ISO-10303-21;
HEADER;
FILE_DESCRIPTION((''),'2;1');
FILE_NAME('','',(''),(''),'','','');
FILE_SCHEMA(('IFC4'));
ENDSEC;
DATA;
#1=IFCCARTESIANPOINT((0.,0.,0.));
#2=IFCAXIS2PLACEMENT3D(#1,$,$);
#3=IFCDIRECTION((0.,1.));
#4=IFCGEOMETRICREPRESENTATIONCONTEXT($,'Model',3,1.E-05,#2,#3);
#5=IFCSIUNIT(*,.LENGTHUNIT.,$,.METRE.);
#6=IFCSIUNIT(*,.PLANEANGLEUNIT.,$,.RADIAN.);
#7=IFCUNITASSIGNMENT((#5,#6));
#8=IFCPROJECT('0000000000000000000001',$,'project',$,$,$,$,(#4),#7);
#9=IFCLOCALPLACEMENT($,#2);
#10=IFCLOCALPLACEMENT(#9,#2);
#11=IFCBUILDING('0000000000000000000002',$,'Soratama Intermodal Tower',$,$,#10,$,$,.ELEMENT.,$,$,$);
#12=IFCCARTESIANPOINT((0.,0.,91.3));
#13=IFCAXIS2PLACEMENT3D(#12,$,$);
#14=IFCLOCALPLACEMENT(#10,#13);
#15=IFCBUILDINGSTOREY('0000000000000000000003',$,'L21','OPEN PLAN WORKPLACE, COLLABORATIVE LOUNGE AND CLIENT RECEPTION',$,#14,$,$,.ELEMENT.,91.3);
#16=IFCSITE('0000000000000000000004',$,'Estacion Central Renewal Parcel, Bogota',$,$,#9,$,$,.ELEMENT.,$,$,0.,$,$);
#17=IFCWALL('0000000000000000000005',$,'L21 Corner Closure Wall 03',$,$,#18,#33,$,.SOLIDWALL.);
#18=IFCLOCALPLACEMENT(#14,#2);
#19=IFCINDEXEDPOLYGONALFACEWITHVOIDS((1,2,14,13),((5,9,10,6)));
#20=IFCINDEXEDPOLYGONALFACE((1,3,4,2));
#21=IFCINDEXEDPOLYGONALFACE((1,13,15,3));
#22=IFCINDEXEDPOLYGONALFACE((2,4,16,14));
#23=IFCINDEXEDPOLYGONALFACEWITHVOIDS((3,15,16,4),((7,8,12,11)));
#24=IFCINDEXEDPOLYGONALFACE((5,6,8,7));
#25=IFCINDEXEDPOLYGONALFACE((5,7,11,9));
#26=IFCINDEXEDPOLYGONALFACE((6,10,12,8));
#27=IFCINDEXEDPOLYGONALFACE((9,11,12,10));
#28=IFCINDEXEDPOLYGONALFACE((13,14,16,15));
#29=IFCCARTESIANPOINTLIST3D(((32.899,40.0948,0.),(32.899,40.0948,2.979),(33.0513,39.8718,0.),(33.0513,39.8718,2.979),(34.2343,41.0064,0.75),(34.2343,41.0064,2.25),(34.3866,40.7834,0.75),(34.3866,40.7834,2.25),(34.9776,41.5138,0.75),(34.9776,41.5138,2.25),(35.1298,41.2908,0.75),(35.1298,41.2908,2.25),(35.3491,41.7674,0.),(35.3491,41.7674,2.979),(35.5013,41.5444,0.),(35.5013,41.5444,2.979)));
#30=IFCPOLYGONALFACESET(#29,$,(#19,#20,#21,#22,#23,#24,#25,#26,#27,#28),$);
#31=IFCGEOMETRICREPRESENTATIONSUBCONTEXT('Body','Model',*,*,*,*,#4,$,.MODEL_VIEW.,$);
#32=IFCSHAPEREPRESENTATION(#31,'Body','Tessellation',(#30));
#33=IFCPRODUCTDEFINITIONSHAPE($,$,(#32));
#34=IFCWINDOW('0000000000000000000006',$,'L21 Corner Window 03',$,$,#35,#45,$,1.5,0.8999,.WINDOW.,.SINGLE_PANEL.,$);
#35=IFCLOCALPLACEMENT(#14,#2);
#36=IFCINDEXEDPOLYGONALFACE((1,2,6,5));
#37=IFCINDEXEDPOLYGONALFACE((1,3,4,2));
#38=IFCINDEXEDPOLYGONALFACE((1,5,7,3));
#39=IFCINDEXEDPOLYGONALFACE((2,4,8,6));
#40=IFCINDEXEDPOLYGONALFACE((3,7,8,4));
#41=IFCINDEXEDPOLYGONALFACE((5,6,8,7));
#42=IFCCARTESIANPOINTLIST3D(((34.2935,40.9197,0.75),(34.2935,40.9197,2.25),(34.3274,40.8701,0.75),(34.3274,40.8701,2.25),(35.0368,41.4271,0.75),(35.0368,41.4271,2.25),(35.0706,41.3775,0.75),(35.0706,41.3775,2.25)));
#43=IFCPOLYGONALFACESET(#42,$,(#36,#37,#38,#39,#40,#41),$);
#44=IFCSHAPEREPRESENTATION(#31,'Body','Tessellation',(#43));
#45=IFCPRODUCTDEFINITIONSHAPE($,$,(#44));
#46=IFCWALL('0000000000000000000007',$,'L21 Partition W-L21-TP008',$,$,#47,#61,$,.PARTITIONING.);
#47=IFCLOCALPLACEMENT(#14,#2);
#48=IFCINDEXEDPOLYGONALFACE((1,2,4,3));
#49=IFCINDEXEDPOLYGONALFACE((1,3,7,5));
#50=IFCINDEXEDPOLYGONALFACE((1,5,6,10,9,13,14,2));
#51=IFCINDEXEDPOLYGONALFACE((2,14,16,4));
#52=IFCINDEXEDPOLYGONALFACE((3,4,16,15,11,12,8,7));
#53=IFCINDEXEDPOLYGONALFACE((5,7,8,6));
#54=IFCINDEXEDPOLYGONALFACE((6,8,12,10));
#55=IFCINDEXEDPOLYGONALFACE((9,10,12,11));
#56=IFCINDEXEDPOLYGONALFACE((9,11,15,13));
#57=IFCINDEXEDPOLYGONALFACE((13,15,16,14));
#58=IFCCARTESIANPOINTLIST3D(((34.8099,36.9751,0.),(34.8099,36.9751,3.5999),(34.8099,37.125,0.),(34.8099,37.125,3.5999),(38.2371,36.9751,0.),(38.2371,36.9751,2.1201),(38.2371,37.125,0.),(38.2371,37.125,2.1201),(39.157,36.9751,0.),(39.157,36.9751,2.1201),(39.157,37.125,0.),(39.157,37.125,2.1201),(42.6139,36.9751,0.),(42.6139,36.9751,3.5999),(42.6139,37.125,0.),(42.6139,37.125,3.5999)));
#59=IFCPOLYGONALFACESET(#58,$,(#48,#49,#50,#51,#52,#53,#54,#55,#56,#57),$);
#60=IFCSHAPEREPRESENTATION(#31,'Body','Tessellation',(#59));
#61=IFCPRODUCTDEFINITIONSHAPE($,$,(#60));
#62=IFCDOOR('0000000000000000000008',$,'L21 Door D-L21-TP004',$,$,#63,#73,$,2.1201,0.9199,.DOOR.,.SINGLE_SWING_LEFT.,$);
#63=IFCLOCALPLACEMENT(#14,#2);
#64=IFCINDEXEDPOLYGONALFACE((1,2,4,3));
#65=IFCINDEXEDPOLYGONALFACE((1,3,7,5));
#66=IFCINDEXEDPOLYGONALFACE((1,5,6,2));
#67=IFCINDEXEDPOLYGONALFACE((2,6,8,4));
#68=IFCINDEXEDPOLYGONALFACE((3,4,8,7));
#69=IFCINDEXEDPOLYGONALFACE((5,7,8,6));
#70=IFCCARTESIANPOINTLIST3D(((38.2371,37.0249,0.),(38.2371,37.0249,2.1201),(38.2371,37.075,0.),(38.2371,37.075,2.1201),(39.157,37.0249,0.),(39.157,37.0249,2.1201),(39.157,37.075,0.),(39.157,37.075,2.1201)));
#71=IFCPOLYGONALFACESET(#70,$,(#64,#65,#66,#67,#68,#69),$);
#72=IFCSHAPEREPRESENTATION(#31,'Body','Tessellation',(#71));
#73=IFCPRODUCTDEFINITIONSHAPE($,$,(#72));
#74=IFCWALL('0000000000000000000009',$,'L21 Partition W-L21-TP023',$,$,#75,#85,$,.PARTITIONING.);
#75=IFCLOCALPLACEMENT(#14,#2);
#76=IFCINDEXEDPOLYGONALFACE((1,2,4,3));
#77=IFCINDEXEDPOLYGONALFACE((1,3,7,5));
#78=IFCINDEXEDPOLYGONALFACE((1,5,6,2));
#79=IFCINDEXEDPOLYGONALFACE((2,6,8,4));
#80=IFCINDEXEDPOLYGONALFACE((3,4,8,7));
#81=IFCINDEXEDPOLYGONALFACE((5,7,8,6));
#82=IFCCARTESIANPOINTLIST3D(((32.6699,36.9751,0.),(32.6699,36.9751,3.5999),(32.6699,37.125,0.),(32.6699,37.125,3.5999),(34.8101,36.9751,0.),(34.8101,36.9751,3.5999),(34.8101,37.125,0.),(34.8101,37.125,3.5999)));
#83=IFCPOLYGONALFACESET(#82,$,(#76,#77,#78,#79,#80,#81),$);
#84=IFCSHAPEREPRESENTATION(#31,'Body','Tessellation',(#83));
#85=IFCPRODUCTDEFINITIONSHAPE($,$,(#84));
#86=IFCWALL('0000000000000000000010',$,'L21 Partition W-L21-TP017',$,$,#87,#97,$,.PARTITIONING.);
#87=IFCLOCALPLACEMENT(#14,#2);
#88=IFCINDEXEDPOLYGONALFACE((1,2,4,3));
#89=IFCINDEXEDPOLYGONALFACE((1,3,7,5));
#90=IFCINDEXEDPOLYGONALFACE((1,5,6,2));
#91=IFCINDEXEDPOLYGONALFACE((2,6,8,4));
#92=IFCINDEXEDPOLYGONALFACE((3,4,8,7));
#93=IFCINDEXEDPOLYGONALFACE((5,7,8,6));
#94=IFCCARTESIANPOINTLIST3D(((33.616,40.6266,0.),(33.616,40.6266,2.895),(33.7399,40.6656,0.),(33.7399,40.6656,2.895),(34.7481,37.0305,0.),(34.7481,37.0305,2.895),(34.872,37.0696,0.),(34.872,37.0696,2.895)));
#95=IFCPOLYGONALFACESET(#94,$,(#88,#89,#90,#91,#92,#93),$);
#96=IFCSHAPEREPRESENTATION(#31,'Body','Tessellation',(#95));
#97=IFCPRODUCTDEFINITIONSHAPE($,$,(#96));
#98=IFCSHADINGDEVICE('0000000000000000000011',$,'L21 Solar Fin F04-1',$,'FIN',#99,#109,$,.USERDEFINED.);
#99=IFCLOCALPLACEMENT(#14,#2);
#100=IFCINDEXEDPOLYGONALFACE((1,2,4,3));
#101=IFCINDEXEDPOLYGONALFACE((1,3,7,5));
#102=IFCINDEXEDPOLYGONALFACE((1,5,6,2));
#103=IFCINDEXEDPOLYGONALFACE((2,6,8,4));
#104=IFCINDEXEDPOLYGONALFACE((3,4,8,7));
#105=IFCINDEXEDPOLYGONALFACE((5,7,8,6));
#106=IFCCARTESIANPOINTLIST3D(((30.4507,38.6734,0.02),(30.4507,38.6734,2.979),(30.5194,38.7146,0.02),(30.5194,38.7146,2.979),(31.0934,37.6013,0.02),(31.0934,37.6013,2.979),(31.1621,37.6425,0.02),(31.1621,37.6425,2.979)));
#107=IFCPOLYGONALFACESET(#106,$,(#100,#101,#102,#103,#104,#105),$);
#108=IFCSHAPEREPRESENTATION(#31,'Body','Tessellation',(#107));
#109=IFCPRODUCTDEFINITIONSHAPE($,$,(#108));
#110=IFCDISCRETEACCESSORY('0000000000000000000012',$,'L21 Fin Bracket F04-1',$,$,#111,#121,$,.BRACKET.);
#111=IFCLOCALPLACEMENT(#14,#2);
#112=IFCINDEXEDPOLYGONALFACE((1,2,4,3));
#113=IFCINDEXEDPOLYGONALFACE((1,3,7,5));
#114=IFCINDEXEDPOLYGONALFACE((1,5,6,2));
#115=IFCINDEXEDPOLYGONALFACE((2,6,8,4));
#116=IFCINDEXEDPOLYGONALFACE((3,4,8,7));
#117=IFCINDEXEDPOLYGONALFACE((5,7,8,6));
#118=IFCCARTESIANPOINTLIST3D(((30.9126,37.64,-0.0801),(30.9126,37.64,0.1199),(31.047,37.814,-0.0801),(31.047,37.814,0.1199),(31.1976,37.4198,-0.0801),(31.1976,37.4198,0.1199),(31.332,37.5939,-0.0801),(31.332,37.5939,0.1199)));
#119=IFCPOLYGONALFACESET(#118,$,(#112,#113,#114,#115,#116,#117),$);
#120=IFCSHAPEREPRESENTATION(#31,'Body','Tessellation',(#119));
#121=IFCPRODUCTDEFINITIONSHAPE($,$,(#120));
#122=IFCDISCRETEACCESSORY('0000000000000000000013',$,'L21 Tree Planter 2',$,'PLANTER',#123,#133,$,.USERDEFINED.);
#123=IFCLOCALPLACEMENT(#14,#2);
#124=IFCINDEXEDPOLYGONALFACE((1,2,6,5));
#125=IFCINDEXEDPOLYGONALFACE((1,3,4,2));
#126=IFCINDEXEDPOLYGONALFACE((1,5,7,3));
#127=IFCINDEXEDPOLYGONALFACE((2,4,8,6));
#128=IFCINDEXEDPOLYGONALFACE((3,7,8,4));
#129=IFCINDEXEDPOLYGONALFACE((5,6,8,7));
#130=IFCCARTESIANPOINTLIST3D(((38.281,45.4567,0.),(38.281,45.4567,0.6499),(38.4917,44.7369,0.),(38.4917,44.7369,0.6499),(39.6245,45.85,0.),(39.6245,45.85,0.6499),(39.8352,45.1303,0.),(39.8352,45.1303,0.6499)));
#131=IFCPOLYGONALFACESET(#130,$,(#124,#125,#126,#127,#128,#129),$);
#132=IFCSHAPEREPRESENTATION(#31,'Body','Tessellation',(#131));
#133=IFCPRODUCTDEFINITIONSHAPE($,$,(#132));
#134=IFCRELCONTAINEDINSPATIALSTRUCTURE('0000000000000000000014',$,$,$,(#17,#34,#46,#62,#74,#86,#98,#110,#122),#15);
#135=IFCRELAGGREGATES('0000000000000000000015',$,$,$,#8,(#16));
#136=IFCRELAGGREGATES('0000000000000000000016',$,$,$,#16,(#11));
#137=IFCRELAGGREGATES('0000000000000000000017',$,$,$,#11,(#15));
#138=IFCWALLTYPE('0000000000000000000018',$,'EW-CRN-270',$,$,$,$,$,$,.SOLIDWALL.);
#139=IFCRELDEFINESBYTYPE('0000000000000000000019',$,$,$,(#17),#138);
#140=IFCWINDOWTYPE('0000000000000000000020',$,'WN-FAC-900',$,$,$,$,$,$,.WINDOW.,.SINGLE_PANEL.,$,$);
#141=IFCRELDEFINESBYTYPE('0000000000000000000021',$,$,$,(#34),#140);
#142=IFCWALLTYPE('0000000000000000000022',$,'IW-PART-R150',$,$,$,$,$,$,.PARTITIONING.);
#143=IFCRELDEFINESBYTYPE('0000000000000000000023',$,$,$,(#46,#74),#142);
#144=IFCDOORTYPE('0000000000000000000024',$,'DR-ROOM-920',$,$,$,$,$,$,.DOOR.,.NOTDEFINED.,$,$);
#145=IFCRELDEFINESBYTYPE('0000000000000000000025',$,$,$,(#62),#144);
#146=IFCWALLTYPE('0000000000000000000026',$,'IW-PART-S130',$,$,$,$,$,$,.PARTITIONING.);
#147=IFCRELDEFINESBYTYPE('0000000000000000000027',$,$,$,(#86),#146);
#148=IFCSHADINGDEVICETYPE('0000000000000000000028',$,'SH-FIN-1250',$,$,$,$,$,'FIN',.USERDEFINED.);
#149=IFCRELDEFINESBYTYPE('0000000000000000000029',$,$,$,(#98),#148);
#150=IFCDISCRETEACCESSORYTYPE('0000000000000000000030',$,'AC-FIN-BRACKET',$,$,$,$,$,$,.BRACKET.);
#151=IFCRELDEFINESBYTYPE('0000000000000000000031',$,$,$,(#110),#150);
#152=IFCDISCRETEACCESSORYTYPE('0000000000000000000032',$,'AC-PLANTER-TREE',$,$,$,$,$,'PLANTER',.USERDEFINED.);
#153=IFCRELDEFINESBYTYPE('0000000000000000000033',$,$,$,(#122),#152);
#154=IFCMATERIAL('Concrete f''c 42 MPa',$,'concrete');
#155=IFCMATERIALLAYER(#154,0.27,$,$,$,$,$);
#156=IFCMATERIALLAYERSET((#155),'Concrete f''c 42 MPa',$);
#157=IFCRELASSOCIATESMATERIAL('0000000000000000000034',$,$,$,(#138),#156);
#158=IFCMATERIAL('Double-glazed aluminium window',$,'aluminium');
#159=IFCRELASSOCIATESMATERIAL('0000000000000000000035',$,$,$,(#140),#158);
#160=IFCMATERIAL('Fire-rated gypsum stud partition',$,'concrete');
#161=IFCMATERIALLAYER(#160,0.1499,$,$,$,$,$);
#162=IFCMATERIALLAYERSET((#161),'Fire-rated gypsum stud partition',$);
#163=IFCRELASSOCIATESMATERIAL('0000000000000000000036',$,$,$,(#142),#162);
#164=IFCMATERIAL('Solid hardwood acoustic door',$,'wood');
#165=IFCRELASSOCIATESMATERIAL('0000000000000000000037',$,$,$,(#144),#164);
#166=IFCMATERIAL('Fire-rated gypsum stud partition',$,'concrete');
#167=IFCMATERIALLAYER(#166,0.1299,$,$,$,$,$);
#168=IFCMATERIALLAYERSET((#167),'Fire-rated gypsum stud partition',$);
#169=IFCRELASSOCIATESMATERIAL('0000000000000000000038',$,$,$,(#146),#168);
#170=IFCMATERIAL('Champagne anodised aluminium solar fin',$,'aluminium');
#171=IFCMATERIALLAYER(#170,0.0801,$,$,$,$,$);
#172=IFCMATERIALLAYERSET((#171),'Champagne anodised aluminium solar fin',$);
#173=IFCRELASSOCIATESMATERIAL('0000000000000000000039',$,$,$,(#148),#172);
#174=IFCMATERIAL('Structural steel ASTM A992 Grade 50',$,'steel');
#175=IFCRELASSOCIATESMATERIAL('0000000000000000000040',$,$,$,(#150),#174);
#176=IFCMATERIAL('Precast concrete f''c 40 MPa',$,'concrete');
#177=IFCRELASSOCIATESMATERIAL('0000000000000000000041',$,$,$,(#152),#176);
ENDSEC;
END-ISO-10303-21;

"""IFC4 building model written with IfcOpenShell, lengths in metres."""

from ifc_helpers import new_model, si_unit, direction, frame, frame_2d, origin, origin_2d, place, context, subcontext, project, spatial, rectangle, extrude, material, layer, layer_set, type_object, element, fill, save


model = new_model("IFC4")

# Units and contexts
model_context = context("Model", 3, precision=1e-05, world=origin(), true_north=direction((0.0, 1.0)))
body_context = subcontext(model_context, "Body", "Model", "MODEL_VIEW")
ifc_project = project(units=[si_unit("LENGTHUNIT", "METRE"), si_unit("PLANEANGLEUNIT", "RADIAN")], contexts=[model_context])

# Site, building, storey
site_placement = place(None, origin())
site = spatial("IfcSite", under=ifc_project, at=site_placement, Name="Estacion Central Renewal Parcel, Bogota", CompositionType="ELEMENT", RefElevation=0.0)
building_placement = place(site_placement, origin())
building = spatial("IfcBuilding", under=site, at=building_placement, Name="Soratama Intermodal Tower", CompositionType="ELEMENT")
storey_placement = place(building_placement, frame((0.0, 0.0, 91.3)))
storey = spatial("IfcBuildingStorey", under=building, at=storey_placement, Name="L21", Description="OPEN PLAN WORKPLACE, COLLABORATIVE LOUNGE AND CLIENT RECEPTION", CompositionType="ELEMENT", Elevation=91.3)

# Wall, opening, window
ifc_material_1 = material(Name="Concrete f'c 42 MPa", Category="concrete")
ifc_layer_1 = layer(ifc_material_1, 0.27)
ifc_layer_set_1 = layer_set([ifc_layer_1], Name="Concrete f'c 42 MPa")
wall_type_1 = type_object("IfcWallType", Name="EW-CRN-270", PredefinedType="SOLIDWALL", material=ifc_layer_set_1)
wall_1_placement = place(storey_placement, frame((35.4253, 41.656, 0.0), z_axis=(0.0, 0.0, 1.0), x_axis=(-0.825884, -0.56384, 0.0)))
wall_1 = element("IfcWall", 1, at=wall_1_placement, inside=storey, type_object=wall_type_1, Name="L21 Corner Closure Wall 03", PredefinedType="SOLIDWALL", context=body_context, shape_type="SweptSolid", body=[
    extrude(rectangle(XDim=2.9666, YDim=0.27, at=frame_2d((1.4834, 0.0))), origin(), (0.0, 0.0, 1.0), 2.979),
])
opening_1_placement = place(wall_1_placement, frame((0.45, 0.0, 0.75)))
opening_1 = element("IfcOpeningElement", 2, at=opening_1_placement, cuts=wall_1, PredefinedType="OPENING", context=body_context, shape_type="SweptSolid", body=[
    extrude(rectangle(XDim=0.8999, YDim=1.5, at=frame_2d((0.45, 0.75))), frame((0.0, 0.145, 0.0), z_axis=(0.0, -1.0, 0.0), x_axis=(1.0, 0.0, 0.0)), (0.0, 0.0, 1.0), 0.29),
])
ifc_material_2 = material(Name="Double-glazed aluminium window", Category="aluminium")
window_type = type_object("IfcWindowType", Name="WN-FAC-900", PartitioningType="SINGLE_PANEL", PredefinedType="WINDOW", material=ifc_material_2)
window_placement = place(opening_1_placement, origin())
window = element("IfcWindow", 3, at=window_placement, inside=storey, type_object=window_type, Name="L21 Corner Window 03", OverallHeight=1.5, OverallWidth=0.8999, PartitioningType="SINGLE_PANEL", PredefinedType="WINDOW", context=body_context, shape_type="SweptSolid", body=[
    extrude(rectangle(XDim=0.8999, YDim=1.5, at=frame_2d((0.45, 0.75))), frame((0.0, 0.03, 0.0), z_axis=(0.0, -1.0, 0.0), x_axis=(1.0, 0.0, 0.0)), (0.0, 0.0, 1.0), 0.0601),
])
fill(opening_1, window)

# Wall, opening, door
ifc_material_3 = material(Name="Fire-rated gypsum stud partition", Category="concrete")
ifc_layer_2 = layer(ifc_material_3, 0.1499)
ifc_layer_set_2 = layer_set([ifc_layer_2], Name="Fire-rated gypsum stud partition")
wall_type_2 = type_object("IfcWallType", Name="IW-PART-R150", PredefinedType="PARTITIONING", material=ifc_layer_set_2)
wall_2_placement = place(storey_placement, frame((34.8101, 37.05, 0.0), z_axis=(0.0, 0.0, 1.0), x_axis=(1.0, 0.0, 0.0)))
wall_2 = element("IfcWall", 4, at=wall_2_placement, inside=storey, type_object=wall_type_2, Name="L21 Partition W-L21-TP008", PredefinedType="PARTITIONING", context=body_context, shape_type="SweptSolid", body=[
    extrude(rectangle(XDim=7.804, YDim=0.1499, at=frame_2d((3.9019, 0.0))), origin(), (0.0, 0.0, 1.0), 3.5999),
])
opening_2_placement = place(wall_2_placement, frame((3.427, 0.0, 0.0)))
opening_2 = element("IfcOpeningElement", 5, at=opening_2_placement, cuts=wall_2, PredefinedType="OPENING", context=body_context, shape_type="SweptSolid", body=[
    extrude(rectangle(XDim=0.9199, YDim=2.1201, at=frame_2d((0.46, 1.0601))), frame((0.0, 0.085, 0.0), z_axis=(0.0, -1.0, 0.0), x_axis=(1.0, 0.0, 0.0)), (0.0, 0.0, 1.0), 0.1699),
])
ifc_material_4 = material(Name="Solid hardwood acoustic door", Category="wood")
door_type = type_object("IfcDoorType", Name="DR-ROOM-920", OperationType="NOTDEFINED", PredefinedType="DOOR", material=ifc_material_4)
door_placement = place(opening_2_placement, origin())
door = element("IfcDoor", 6, at=door_placement, inside=storey, type_object=door_type, Name="L21 Door D-L21-TP004", OperationType="SINGLE_SWING_LEFT", OverallHeight=2.1201, OverallWidth=0.9199, PredefinedType="DOOR", context=body_context, shape_type="SweptSolid", body=[
    extrude(rectangle(XDim=0.9199, YDim=2.1201, at=frame_2d((0.46, 1.0601))), frame((0.0, 0.0249, 0.0), z_axis=(0.0, -1.0, 0.0), x_axis=(1.0, 0.0, 0.0)), (0.0, 0.0, 1.0), 0.05),
])
fill(opening_2, door)

# Walls
wall_3_placement = place(storey_placement, frame((32.6699, 37.05, 0.0), z_axis=(0.0, 0.0, 1.0), x_axis=(1.0, 0.0, 0.0)))
element("IfcWall", 7, at=wall_3_placement, inside=storey, type_object=wall_type_2, Name="L21 Partition W-L21-TP023", PredefinedType="PARTITIONING", context=body_context, shape_type="SweptSolid", body=[
    extrude(rectangle(XDim=2.1401, YDim=0.1499, at=frame_2d((1.0701, 0.0))), origin(), (0.0, 0.0, 1.0), 3.5999),
])
ifc_material_5 = material(Name="Fire-rated gypsum stud partition", Category="concrete")
ifc_layer_3 = layer(ifc_material_5, 0.1299)
ifc_layer_set_3 = layer_set([ifc_layer_3], Name="Fire-rated gypsum stud partition")
wall_type_3 = type_object("IfcWallType", Name="IW-PART-S130", PredefinedType="PARTITIONING", material=ifc_layer_set_3)
wall_4_placement = place(storey_placement, frame((34.8101, 37.05, 0.0), z_axis=(0.0, 0.0, 1.0), x_axis=(-0.300291, 0.953848, 0.0)))
element("IfcWall", 8, at=wall_4_placement, inside=storey, type_object=wall_type_3, Name="L21 Partition W-L21-TP017", PredefinedType="PARTITIONING", context=body_context, shape_type="SweptSolid", body=[
    extrude(rectangle(XDim=3.77, YDim=0.1299, at=frame_2d((1.885, 0.0))), origin(), (0.0, 0.0, 1.0), 2.895),
])

# Shading device
ifc_material_6 = material(Name="Champagne anodised aluminium solar fin", Category="aluminium")
ifc_layer_4 = layer(ifc_material_6, 0.0801)
ifc_layer_set_4 = layer_set([ifc_layer_4], Name="Champagne anodised aluminium solar fin")
shading_device_type = type_object("IfcShadingDeviceType", Name="SH-FIN-1250", ElementType="FIN", PredefinedType="USERDEFINED", material=ifc_layer_set_4)
shading_device_placement = place(storey_placement, frame((30.8064, 38.158, 0.02), z_axis=(0.0, 0.0, 1.0), x_axis=(-0.51414, 0.857706, 0.0)))
element("IfcShadingDevice", 9, at=shading_device_placement, inside=storey, type_object=shading_device_type, Name="L21 Solar Fin F04-1", ObjectType="FIN", PredefinedType="USERDEFINED", context=body_context, shape_type="SweptSolid", body=[
    extrude(rectangle(XDim=1.25, YDim=0.0801, at=origin_2d()), origin(), (0.0, 0.0, 1.0), 2.959),
])

# Discrete accessories
ifc_material_7 = material(Name="Structural steel ASTM A992 Grade 50", Category="steel")
discrete_accessory_type_1 = type_object("IfcDiscreteAccessoryType", Name="AC-FIN-BRACKET", PredefinedType="BRACKET", material=ifc_material_7)
discrete_accessory_1_placement = place(storey_placement, frame((31.1223, 37.6169, -0.0801), z_axis=(0.0, 0.0, 1.0), x_axis=(-0.791437, 0.611251, 0.0)))
element("IfcDiscreteAccessory", 10, at=discrete_accessory_1_placement, inside=storey, type_object=discrete_accessory_type_1, Name="L21 Fin Bracket F04-1", PredefinedType="BRACKET", context=body_context, shape_type="SweptSolid", body=[
    extrude(rectangle(XDim=0.3601, YDim=0.22, at=origin_2d()), origin(), (0.0, 0.0, 1.0), 0.2),
])
ifc_material_8 = material(Name="Precast concrete f'c 40 MPa", Category="concrete")
discrete_accessory_type_2 = type_object("IfcDiscreteAccessoryType", Name="AC-PLANTER-TREE", ElementType="PLANTER", PredefinedType="USERDEFINED", material=ifc_material_8)
discrete_accessory_2_placement = place(storey_placement, frame((39.0581, 45.2935, 0.0), z_axis=(0.0, 0.0, 1.0), x_axis=(-0.281002, 0.959707, 0.0)))
element("IfcDiscreteAccessory", 11, at=discrete_accessory_2_placement, inside=storey, type_object=discrete_accessory_type_2, Name="L21 Tree Planter 2", ObjectType="PLANTER", PredefinedType="USERDEFINED", context=body_context, shape_type="SweptSolid", body=[
    extrude(rectangle(XDim=0.75, YDim=1.3999, at=origin_2d()), origin(), (0.0, 0.0, 1.0), 0.6499),
])

save(model, "model.ifc")
